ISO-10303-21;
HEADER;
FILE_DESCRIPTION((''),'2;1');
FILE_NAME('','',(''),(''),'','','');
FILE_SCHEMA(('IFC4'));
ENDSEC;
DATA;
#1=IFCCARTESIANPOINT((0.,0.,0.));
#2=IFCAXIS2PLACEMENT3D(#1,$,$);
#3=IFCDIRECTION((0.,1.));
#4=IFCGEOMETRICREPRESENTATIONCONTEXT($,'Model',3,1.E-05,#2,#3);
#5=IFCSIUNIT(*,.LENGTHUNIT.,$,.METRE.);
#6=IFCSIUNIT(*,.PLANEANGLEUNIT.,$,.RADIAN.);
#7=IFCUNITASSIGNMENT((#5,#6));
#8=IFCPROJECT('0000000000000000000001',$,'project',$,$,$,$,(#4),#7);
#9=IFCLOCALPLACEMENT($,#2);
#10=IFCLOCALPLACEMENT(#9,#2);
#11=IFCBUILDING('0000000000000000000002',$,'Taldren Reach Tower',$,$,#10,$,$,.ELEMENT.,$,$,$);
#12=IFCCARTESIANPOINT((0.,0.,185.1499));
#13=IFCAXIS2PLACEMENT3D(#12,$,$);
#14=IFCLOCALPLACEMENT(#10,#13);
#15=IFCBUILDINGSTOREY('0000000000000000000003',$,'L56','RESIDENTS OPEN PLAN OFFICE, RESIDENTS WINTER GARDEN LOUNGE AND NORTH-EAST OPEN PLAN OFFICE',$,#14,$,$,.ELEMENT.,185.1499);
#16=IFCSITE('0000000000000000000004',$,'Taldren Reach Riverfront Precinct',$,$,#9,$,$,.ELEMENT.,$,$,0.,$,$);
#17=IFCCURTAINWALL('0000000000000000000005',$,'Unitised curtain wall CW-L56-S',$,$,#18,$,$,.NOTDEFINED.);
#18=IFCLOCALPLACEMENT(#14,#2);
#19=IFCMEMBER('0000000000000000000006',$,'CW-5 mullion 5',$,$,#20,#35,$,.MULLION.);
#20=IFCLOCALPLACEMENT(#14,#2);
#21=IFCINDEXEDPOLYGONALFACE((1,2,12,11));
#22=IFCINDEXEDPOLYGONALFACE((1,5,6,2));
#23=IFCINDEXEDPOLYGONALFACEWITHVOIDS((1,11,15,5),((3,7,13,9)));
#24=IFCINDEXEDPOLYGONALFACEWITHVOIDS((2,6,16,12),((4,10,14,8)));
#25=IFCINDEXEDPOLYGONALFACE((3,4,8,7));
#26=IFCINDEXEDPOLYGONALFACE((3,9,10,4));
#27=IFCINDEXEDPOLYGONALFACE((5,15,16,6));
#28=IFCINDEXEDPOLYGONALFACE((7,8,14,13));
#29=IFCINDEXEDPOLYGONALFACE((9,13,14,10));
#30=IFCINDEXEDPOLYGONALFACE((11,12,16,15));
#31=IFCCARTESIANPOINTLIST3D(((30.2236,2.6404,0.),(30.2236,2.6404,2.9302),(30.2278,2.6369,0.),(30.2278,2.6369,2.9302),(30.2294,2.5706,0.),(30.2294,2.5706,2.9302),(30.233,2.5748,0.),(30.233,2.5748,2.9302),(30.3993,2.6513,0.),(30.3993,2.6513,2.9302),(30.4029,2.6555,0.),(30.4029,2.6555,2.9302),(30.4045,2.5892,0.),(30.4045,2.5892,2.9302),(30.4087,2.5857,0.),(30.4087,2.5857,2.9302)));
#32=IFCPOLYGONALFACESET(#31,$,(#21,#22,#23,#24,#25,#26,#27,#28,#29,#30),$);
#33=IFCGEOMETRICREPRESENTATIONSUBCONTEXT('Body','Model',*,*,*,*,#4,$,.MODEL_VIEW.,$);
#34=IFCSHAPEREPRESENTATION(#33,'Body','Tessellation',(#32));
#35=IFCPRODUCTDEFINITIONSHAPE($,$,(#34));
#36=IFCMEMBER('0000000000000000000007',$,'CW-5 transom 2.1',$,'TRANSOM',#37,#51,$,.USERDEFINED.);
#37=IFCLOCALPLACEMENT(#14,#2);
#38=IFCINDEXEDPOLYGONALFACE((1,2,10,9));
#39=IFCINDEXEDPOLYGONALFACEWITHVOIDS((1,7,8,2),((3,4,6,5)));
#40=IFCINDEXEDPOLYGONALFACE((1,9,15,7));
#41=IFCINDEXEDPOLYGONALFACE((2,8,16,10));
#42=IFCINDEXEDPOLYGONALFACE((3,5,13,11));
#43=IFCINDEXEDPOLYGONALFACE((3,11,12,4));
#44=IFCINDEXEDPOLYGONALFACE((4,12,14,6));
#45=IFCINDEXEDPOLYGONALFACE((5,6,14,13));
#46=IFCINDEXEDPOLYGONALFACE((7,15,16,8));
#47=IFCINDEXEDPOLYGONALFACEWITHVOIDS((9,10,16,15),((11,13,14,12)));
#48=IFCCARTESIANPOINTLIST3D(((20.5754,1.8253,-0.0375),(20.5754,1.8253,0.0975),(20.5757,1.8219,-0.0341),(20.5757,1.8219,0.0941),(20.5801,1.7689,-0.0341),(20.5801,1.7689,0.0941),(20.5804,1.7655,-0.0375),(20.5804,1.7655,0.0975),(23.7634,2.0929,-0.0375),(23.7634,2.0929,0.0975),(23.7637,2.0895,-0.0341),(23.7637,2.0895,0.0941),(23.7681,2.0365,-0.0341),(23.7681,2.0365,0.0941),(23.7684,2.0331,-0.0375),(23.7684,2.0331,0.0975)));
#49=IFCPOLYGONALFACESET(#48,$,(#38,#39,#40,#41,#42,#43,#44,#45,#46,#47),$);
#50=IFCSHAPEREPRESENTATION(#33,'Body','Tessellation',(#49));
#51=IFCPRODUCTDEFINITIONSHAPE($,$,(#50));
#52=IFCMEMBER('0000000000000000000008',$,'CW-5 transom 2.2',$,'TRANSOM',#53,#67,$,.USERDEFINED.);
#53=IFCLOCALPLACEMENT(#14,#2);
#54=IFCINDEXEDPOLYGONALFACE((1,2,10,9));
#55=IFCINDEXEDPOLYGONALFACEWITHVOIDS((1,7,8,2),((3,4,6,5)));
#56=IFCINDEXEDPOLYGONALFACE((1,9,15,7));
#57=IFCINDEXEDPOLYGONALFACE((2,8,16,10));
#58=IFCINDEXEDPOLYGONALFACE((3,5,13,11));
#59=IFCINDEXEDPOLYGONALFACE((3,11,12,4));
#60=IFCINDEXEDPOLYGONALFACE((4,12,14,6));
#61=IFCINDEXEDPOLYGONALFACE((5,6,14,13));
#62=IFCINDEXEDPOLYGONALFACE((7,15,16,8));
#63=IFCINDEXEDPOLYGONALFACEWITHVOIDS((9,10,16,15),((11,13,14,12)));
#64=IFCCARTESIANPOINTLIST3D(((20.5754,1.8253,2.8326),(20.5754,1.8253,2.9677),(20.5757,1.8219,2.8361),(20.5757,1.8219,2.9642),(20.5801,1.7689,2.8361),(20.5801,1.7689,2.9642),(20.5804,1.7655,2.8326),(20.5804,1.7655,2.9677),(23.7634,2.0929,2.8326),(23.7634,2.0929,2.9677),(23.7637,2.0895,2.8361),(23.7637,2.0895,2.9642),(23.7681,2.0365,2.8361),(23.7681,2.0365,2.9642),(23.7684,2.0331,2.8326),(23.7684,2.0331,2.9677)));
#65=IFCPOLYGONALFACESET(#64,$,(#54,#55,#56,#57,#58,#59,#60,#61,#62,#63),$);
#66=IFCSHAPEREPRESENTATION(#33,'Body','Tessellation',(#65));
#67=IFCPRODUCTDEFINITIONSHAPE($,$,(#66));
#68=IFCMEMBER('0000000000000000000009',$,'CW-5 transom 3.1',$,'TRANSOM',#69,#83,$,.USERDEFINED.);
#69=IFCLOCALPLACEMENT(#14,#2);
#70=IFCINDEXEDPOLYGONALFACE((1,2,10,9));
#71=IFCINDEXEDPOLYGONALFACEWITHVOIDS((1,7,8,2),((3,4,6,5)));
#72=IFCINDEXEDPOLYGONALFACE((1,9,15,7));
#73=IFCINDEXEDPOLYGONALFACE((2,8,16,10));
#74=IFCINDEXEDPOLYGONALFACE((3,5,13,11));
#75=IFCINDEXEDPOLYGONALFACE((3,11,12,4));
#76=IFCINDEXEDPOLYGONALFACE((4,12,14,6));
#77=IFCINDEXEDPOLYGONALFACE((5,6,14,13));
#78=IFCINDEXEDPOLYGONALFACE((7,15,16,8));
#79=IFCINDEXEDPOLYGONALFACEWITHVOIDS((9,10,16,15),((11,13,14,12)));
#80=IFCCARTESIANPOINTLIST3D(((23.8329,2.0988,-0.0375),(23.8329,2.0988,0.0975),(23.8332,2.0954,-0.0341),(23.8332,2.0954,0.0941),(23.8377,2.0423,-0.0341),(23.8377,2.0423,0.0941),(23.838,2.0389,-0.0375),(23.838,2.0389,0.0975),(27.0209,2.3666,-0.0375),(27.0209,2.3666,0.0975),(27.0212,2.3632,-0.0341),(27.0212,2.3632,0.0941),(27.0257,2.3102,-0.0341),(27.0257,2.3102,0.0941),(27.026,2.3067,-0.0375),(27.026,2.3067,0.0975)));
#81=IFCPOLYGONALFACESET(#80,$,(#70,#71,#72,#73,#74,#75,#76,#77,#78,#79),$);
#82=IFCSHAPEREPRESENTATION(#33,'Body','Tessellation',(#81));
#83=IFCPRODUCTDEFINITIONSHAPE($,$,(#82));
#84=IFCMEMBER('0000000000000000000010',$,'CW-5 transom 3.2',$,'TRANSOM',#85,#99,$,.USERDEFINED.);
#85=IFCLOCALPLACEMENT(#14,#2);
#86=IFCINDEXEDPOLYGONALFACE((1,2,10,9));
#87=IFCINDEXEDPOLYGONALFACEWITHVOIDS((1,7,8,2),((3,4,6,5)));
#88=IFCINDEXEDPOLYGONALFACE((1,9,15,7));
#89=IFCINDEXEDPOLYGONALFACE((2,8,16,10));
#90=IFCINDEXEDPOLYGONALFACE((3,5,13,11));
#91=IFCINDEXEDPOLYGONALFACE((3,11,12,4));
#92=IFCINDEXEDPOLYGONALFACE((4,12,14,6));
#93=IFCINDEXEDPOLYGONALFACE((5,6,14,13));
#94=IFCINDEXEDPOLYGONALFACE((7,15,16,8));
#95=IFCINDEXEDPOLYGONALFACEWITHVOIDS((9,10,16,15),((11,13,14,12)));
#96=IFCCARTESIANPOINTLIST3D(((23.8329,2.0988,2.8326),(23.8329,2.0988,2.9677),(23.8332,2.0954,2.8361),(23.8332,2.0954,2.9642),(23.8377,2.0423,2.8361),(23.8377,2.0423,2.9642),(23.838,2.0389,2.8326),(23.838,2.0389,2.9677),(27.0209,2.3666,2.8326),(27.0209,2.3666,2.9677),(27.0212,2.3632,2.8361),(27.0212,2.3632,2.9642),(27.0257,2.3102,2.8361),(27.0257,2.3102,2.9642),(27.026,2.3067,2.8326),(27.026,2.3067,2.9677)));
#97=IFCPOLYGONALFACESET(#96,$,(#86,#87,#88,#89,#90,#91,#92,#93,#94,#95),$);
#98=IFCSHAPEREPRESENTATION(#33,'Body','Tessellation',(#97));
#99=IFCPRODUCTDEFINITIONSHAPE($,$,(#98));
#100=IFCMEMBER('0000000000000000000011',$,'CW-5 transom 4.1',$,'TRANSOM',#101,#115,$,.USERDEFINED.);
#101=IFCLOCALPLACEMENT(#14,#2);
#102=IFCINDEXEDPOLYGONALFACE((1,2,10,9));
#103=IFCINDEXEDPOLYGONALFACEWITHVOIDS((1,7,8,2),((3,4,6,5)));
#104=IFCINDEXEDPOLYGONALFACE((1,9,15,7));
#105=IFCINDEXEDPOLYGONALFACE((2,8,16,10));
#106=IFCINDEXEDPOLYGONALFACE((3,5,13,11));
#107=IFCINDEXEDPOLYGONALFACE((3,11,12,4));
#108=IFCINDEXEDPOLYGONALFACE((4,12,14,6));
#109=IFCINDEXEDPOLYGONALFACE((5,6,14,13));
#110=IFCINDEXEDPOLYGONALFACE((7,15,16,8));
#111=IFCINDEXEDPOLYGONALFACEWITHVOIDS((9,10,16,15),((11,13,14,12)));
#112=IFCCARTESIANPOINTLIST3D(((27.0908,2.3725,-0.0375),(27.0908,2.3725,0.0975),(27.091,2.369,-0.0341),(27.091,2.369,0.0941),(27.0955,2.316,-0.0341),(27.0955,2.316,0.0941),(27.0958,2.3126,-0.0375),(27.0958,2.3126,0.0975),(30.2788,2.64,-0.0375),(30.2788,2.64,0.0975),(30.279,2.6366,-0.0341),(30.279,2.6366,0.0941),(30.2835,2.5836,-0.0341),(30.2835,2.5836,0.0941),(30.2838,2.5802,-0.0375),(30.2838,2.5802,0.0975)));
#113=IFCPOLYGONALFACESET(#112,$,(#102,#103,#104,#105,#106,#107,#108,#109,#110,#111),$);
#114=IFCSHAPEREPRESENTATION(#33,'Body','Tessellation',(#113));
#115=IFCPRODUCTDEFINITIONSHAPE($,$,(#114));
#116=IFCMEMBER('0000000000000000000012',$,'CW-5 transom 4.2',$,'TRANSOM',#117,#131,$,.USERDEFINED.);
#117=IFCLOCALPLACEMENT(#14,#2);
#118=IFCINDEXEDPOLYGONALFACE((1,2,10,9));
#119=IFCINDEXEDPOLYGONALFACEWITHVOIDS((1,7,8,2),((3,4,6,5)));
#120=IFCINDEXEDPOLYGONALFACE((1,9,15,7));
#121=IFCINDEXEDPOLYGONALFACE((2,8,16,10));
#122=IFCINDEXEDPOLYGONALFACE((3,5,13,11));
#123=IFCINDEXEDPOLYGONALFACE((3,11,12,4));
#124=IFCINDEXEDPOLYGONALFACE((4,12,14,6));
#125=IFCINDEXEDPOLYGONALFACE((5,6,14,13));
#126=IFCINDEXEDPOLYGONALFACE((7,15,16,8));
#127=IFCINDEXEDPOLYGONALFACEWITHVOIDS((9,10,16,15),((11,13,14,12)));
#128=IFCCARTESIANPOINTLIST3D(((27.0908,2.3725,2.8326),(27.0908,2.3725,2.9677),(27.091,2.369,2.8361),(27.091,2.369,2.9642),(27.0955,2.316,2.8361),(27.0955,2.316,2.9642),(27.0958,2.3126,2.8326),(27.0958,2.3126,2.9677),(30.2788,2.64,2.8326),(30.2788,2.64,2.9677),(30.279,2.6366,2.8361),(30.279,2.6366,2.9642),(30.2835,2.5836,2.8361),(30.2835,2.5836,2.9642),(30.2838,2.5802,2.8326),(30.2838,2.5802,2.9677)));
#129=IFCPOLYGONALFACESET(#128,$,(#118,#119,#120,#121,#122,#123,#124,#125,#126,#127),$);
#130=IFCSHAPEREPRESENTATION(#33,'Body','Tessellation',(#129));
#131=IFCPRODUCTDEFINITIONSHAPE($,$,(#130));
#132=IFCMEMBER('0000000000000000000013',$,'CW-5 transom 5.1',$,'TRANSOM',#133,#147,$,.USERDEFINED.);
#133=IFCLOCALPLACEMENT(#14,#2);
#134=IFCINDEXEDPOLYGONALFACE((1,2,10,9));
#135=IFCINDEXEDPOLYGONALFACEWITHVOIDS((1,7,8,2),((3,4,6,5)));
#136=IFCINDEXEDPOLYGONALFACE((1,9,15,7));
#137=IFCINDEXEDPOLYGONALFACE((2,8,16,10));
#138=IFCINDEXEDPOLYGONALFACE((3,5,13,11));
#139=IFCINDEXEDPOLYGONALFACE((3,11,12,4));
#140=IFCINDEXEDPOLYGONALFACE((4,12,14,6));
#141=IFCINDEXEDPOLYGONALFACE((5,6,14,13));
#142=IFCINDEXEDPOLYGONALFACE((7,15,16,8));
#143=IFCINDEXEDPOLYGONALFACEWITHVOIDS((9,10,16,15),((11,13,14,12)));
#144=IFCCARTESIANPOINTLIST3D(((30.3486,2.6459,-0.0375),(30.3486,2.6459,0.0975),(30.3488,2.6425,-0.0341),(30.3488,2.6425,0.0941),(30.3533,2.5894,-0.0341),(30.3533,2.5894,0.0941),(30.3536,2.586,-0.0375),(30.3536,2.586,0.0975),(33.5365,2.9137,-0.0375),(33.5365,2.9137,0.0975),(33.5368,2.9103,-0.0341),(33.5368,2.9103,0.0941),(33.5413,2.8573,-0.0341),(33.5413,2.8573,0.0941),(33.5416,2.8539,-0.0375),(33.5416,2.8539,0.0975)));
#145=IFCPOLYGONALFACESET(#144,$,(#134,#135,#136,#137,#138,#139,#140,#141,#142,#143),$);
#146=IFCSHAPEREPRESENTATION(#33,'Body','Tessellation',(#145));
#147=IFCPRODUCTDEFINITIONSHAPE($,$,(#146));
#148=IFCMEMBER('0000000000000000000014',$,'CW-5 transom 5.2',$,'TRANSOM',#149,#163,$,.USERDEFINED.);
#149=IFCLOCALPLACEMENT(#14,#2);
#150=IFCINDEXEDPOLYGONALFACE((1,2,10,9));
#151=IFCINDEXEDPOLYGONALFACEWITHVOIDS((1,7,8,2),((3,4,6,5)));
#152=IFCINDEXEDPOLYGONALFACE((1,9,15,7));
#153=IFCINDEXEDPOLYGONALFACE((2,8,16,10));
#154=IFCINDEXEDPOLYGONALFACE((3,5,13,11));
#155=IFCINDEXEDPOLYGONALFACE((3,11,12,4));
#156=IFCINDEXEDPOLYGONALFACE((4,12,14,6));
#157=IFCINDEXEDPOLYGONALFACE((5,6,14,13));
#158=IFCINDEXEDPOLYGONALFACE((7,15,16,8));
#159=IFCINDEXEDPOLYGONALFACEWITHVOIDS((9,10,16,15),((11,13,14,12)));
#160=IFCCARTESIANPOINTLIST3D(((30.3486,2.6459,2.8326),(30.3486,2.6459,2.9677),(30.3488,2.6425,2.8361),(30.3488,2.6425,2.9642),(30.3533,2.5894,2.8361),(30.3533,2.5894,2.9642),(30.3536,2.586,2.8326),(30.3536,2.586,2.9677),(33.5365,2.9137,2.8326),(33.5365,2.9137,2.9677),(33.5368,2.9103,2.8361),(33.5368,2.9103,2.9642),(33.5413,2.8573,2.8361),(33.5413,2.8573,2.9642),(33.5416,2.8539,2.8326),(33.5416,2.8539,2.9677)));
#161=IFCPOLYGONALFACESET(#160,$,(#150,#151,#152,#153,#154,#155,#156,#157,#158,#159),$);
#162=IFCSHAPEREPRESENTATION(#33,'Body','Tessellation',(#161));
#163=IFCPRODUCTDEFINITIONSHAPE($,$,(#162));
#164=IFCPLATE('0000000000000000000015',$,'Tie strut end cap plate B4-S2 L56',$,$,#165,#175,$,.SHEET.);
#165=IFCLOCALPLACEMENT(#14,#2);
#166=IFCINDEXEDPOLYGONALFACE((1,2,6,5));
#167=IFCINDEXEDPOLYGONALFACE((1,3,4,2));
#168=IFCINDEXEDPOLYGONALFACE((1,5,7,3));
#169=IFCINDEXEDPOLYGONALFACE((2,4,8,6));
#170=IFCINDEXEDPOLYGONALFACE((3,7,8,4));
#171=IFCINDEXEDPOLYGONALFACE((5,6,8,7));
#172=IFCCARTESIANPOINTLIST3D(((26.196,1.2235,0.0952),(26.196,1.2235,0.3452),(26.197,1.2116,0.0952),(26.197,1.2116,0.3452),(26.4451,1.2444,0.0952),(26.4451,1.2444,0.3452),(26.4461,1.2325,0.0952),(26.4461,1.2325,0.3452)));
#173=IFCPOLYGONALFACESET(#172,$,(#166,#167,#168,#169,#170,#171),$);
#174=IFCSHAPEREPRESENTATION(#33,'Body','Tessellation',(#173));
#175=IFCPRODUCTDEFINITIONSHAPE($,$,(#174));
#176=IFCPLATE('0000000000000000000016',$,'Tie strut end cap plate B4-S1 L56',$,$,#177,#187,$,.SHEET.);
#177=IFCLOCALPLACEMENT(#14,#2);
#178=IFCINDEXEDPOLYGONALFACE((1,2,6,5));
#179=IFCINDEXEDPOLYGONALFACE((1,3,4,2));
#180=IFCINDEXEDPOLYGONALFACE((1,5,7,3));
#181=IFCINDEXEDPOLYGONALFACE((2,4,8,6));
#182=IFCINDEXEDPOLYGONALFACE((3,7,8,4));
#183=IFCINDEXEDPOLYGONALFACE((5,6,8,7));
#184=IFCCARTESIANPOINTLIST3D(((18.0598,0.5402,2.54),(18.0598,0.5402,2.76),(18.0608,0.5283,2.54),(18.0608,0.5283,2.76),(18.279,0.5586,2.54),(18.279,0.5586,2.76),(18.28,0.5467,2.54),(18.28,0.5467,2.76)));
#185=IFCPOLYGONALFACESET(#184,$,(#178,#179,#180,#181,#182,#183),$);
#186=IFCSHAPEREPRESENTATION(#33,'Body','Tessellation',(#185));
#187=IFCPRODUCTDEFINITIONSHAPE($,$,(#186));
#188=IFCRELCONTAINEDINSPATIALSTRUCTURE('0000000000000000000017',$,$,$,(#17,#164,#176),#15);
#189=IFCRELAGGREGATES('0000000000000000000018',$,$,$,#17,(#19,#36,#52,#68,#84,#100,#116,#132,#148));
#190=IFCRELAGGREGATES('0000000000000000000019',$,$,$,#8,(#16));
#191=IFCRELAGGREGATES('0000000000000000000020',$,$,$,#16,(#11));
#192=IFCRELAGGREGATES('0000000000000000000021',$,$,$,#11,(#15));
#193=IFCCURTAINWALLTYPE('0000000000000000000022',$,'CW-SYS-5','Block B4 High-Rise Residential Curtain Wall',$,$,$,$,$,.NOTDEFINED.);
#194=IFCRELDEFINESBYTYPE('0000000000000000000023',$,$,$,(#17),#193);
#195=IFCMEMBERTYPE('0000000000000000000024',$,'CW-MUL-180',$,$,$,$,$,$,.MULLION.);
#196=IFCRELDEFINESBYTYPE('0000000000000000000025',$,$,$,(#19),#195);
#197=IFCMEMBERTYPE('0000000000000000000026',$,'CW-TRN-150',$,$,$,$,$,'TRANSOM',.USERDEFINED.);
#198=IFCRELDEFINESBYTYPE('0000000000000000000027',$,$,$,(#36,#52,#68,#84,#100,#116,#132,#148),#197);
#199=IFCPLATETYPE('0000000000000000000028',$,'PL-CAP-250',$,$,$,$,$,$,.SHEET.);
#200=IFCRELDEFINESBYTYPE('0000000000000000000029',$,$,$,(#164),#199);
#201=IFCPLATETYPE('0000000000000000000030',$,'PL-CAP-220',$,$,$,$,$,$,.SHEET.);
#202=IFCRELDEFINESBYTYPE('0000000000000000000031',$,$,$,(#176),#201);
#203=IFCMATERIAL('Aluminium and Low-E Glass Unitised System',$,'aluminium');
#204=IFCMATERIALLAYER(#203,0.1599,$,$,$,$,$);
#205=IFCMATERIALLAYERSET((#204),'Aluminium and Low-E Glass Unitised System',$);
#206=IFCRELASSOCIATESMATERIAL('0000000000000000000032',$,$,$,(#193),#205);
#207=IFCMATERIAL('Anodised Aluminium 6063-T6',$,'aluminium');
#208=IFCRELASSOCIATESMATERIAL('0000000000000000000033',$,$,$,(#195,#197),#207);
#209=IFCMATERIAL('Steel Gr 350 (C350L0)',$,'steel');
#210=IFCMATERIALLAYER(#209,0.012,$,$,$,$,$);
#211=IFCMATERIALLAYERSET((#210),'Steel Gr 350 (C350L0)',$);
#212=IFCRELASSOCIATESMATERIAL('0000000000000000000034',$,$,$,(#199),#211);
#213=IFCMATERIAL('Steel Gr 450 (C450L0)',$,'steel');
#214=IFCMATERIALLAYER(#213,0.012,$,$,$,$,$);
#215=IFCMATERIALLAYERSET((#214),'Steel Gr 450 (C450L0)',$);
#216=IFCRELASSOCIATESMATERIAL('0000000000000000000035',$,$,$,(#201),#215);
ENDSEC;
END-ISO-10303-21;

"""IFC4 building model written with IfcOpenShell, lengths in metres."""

from ifc_helpers import new_model, si_unit, direction, frame, origin, origin_2d, place, context, subcontext, project, spatial, rectangle, hollow_rectangle, extrude, source, transform, mapped, material, layer, layer_set, material_profile, profile_set, type_object, element, aggregate, save


model = new_model("IFC4")

# Units and contexts
model_context = context("Model", 3, precision=1e-05, world=origin(), true_north=direction((0.0, 1.0)))
body_context = subcontext(model_context, "Body", "Model", "MODEL_VIEW")
ifc_project = project(units=[si_unit("LENGTHUNIT", "METRE"), si_unit("PLANEANGLEUNIT", "RADIAN")], contexts=[model_context])

# Site, building, storey
site_placement = place(None, origin())
site = spatial("IfcSite", under=ifc_project, at=site_placement, Name="Taldren Reach Riverfront Precinct", CompositionType="ELEMENT", RefElevation=0.0)
building_placement = place(site_placement, origin())
building = spatial("IfcBuilding", under=site, at=building_placement, Name="Taldren Reach Tower", CompositionType="ELEMENT")
storey_placement = place(building_placement, frame((0.0, 0.0, 185.1499)))
storey = spatial("IfcBuildingStorey", under=building, at=storey_placement, Name="L56", Description="RESIDENTS OPEN PLAN OFFICE, RESIDENTS WINTER GARDEN LOUNGE AND NORTH-EAST OPEN PLAN OFFICE", CompositionType="ELEMENT", Elevation=185.1499)

# Shared definitions
ifc_material_1 = material(Name="Steel Gr 350 (C350L0)", Category="steel")
ifc_material_2 = material(Name="Steel Gr 450 (C450L0)", Category="steel")

# Curtain wall, members
ifc_material_3 = material(Name="Aluminium and Low-E Glass Unitised System", Category="aluminium")
ifc_layer_1 = layer(ifc_material_3, 0.1599)
ifc_layer_set_1 = layer_set([ifc_layer_1], Name="Aluminium and Low-E Glass Unitised System")
curtain_wall_type = type_object("IfcCurtainWallType", Name="CW-SYS-5", Description="Block B4 High-Rise Residential Curtain Wall", PredefinedType="NOTDEFINED", material=ifc_layer_set_1)
curtain_wall_placement = place(storey_placement, origin())
curtain_wall = element("IfcCurtainWall", 1, at=curtain_wall_placement, inside=storey, type_object=curtain_wall_type, Name="Unitised curtain wall CW-L56-S", PredefinedType="NOTDEFINED")
ifc_material_4 = material(Name="Anodised Aluminium 6063-T6", Category="aluminium")
ifc_material_profile_1 = material_profile(ifc_material_4, hollow_rectangle(XDim=0.0701, YDim=0.1799, WallThickness=0.0039, at=origin_2d()), Name="ALU-180x70x4RHS")
ifc_profile_set_1 = profile_set([ifc_material_profile_1], Name="Anodised Aluminium 6063-T6")
member_type_1 = type_object("IfcMemberType", Name="CW-MUL-180", PredefinedType="MULLION", material=ifc_profile_set_1)
shared_shape_1 = source(origin(), body_context, "Body", "SweptSolid", [
    extrude(hollow_rectangle(XDim=0.0701, YDim=0.1799, WallThickness=0.0039, at=origin_2d()), origin(), (0.0, 0.0, 1.0), 2.9302),
])
member_1_placement = place(storey_placement, frame((30.3162, 2.613, 0.0), z_axis=(0.0, 0.0, 1.0), x_axis=(-0.083678, 0.996493, 0.0)))
member_1 = element("IfcMember", 2, at=member_1_placement, type_object=member_type_1, Name="CW-5 mullion 5", PredefinedType="MULLION", context=body_context, shape_type="MappedRepresentation", body=[
    mapped(shared_shape_1, transform((0.0, 0.0, 0.0), scale=1.0)),
])
ifc_material_profile_2 = material_profile(ifc_material_4, hollow_rectangle(XDim=0.0601, YDim=0.135, WallThickness=0.0034, at=origin_2d()), Name="ALU-135x60x3.5RHS")
ifc_profile_set_2 = profile_set([ifc_material_profile_2], Name="Anodised Aluminium 6063-T6")
member_type_2 = type_object("IfcMemberType", Name="CW-TRN-150", ElementType="TRANSOM", PredefinedType="USERDEFINED", material=ifc_profile_set_2)
shared_shape_2 = source(origin(), body_context, "Body", "SweptSolid", [
    extrude(hollow_rectangle(XDim=0.0601, YDim=0.135, WallThickness=0.0034, at=origin_2d()), origin(), (0.0, 0.0, 1.0), 3.1992),
])
member_2_placement = place(storey_placement, frame((20.5779, 1.7954, 0.03), z_axis=(0.996496, 0.083639, 0.0), x_axis=(-0.083639, 0.996496, 0.0)))
member_2 = element("IfcMember", 3, at=member_2_placement, type_object=member_type_2, Name="CW-5 transom 2.1", ObjectType="TRANSOM", PredefinedType="USERDEFINED", context=body_context, shape_type="MappedRepresentation", body=[
    mapped(shared_shape_2, transform((0.0, 0.0, 0.0), scale=1.0)),
])
member_3_placement = place(storey_placement, frame((20.5779, 1.7954, 2.9001), z_axis=(0.996496, 0.083639, 0.0), x_axis=(-0.083639, 0.996496, 0.0)))
member_3 = element("IfcMember", 4, at=member_3_placement, type_object=member_type_2, Name="CW-5 transom 2.2", ObjectType="TRANSOM", PredefinedType="USERDEFINED", context=body_context, shape_type="MappedRepresentation", body=[
    mapped(shared_shape_2, transform((0.0, 0.0, 0.0), scale=1.0)),
])
member_4_placement = place(storey_placement, frame((23.8354, 2.0688, 0.03), z_axis=(0.99649, 0.083715, 0.0), x_axis=(-0.083715, 0.99649, 0.0)))
member_4 = element("IfcMember", 5, at=member_4_placement, type_object=member_type_2, Name="CW-5 transom 3.1", ObjectType="TRANSOM", PredefinedType="USERDEFINED", context=body_context, shape_type="MappedRepresentation", body=[
    mapped(shared_shape_2, transform((0.0, 0.0, 0.0), scale=1.0)),
])
member_5_placement = place(storey_placement, frame((23.8354, 2.0688, 2.9001), z_axis=(0.99649, 0.083715, 0.0), x_axis=(-0.083715, 0.99649, 0.0)))
member_5 = element("IfcMember", 6, at=member_5_placement, type_object=member_type_2, Name="CW-5 transom 3.2", ObjectType="TRANSOM", PredefinedType="USERDEFINED", context=body_context, shape_type="MappedRepresentation", body=[
    mapped(shared_shape_2, transform((0.0, 0.0, 0.0), scale=1.0)),
])
member_6_placement = place(storey_placement, frame((27.0933, 2.3425, 0.03), z_axis=(0.996496, 0.083639, 0.0), x_axis=(-0.083639, 0.996496, 0.0)))
member_6 = element("IfcMember", 7, at=member_6_placement, type_object=member_type_2, Name="CW-5 transom 4.1", ObjectType="TRANSOM", PredefinedType="USERDEFINED", context=body_context, shape_type="MappedRepresentation", body=[
    mapped(shared_shape_2, transform((0.0, 0.0, 0.0), scale=1.0)),
])
member_7_placement = place(storey_placement, frame((27.0933, 2.3425, 2.9001), z_axis=(0.996496, 0.083639, 0.0), x_axis=(-0.083639, 0.996496, 0.0)))
member_7 = element("IfcMember", 8, at=member_7_placement, type_object=member_type_2, Name="CW-5 transom 4.2", ObjectType="TRANSOM", PredefinedType="USERDEFINED", context=body_context, shape_type="MappedRepresentation", body=[
    mapped(shared_shape_2, transform((0.0, 0.0, 0.0), scale=1.0)),
])
member_8_placement = place(storey_placement, frame((30.3511, 2.616, 0.03), z_axis=(0.99649, 0.083715, 0.0), x_axis=(-0.083715, 0.99649, 0.0)))
member_8 = element("IfcMember", 9, at=member_8_placement, type_object=member_type_2, Name="CW-5 transom 5.1", ObjectType="TRANSOM", PredefinedType="USERDEFINED", context=body_context, shape_type="MappedRepresentation", body=[
    mapped(shared_shape_2, transform((0.0, 0.0, 0.0), scale=1.0)),
])
member_9_placement = place(storey_placement, frame((30.3511, 2.616, 2.9001), z_axis=(0.99649, 0.083715, 0.0), x_axis=(-0.083715, 0.99649, 0.0)))
member_9 = element("IfcMember", 10, at=member_9_placement, type_object=member_type_2, Name="CW-5 transom 5.2", ObjectType="TRANSOM", PredefinedType="USERDEFINED", context=body_context, shape_type="MappedRepresentation", body=[
    mapped(shared_shape_2, transform((0.0, 0.0, 0.0), scale=1.0)),
])

# Plates
ifc_layer_2 = layer(ifc_material_1, 0.012)
ifc_layer_set_2 = layer_set([ifc_layer_2], Name="Steel Gr 350 (C350L0)")
plate_type_1 = type_object("IfcPlateType", Name="PL-CAP-250", PredefinedType="SHEET", material=ifc_layer_set_2)
shared_shape_3 = source(origin(), body_context, "Body", "SweptSolid", [
    extrude(rectangle(XDim=0.25, YDim=0.012, at=origin_2d()), origin(), (0.0, 0.0, 1.0), 0.25),
])
plate_1_placement = place(storey_placement, frame((26.321, 1.228, 0.0952), z_axis=(0.0, 0.0, 1.0), x_axis=(0.996493, 0.083678, 0.0)))
element("IfcPlate", 11, at=plate_1_placement, inside=storey, type_object=plate_type_1, Name="Tie strut end cap plate B4-S2 L56", PredefinedType="SHEET", context=body_context, shape_type="MappedRepresentation", body=[
    mapped(shared_shape_3, transform((0.0, 0.0, 0.0), scale=1.0)),
])
ifc_layer_3 = layer(ifc_material_2, 0.012)
ifc_layer_set_3 = layer_set([ifc_layer_3], Name="Steel Gr 450 (C450L0)")
plate_type_2 = type_object("IfcPlateType", Name="PL-CAP-220", PredefinedType="SHEET", material=ifc_layer_set_3)
shared_shape_4 = source(origin(), body_context, "Body", "SweptSolid", [
    extrude(rectangle(XDim=0.22, YDim=0.012, at=origin_2d()), origin(), (0.0, 0.0, 1.0), 0.22),
])
for number, where, z_axis, x_axis, name in (
    (12, (18.1699, 0.5435, 2.54), (0.0, 0.0, 1.0), (0.996493, 0.083678, 0.0), "Tie strut end cap plate B4-S1 L56"),
):
    element("IfcPlate", number, at=place(storey_placement, frame(where, z_axis=z_axis, x_axis=x_axis)), inside=storey, type_object=plate_type_2, Name=name, PredefinedType="SHEET", context=body_context, shape_type="MappedRepresentation", body=[
        mapped(shared_shape_4, transform((0.0, 0.0, 0.0), scale=1.0)),
    ])

aggregate(curtain_wall, [member_1, member_2, member_3, member_4, member_5, member_6, member_7, member_8, member_9])

save(model, "model.ifc")
